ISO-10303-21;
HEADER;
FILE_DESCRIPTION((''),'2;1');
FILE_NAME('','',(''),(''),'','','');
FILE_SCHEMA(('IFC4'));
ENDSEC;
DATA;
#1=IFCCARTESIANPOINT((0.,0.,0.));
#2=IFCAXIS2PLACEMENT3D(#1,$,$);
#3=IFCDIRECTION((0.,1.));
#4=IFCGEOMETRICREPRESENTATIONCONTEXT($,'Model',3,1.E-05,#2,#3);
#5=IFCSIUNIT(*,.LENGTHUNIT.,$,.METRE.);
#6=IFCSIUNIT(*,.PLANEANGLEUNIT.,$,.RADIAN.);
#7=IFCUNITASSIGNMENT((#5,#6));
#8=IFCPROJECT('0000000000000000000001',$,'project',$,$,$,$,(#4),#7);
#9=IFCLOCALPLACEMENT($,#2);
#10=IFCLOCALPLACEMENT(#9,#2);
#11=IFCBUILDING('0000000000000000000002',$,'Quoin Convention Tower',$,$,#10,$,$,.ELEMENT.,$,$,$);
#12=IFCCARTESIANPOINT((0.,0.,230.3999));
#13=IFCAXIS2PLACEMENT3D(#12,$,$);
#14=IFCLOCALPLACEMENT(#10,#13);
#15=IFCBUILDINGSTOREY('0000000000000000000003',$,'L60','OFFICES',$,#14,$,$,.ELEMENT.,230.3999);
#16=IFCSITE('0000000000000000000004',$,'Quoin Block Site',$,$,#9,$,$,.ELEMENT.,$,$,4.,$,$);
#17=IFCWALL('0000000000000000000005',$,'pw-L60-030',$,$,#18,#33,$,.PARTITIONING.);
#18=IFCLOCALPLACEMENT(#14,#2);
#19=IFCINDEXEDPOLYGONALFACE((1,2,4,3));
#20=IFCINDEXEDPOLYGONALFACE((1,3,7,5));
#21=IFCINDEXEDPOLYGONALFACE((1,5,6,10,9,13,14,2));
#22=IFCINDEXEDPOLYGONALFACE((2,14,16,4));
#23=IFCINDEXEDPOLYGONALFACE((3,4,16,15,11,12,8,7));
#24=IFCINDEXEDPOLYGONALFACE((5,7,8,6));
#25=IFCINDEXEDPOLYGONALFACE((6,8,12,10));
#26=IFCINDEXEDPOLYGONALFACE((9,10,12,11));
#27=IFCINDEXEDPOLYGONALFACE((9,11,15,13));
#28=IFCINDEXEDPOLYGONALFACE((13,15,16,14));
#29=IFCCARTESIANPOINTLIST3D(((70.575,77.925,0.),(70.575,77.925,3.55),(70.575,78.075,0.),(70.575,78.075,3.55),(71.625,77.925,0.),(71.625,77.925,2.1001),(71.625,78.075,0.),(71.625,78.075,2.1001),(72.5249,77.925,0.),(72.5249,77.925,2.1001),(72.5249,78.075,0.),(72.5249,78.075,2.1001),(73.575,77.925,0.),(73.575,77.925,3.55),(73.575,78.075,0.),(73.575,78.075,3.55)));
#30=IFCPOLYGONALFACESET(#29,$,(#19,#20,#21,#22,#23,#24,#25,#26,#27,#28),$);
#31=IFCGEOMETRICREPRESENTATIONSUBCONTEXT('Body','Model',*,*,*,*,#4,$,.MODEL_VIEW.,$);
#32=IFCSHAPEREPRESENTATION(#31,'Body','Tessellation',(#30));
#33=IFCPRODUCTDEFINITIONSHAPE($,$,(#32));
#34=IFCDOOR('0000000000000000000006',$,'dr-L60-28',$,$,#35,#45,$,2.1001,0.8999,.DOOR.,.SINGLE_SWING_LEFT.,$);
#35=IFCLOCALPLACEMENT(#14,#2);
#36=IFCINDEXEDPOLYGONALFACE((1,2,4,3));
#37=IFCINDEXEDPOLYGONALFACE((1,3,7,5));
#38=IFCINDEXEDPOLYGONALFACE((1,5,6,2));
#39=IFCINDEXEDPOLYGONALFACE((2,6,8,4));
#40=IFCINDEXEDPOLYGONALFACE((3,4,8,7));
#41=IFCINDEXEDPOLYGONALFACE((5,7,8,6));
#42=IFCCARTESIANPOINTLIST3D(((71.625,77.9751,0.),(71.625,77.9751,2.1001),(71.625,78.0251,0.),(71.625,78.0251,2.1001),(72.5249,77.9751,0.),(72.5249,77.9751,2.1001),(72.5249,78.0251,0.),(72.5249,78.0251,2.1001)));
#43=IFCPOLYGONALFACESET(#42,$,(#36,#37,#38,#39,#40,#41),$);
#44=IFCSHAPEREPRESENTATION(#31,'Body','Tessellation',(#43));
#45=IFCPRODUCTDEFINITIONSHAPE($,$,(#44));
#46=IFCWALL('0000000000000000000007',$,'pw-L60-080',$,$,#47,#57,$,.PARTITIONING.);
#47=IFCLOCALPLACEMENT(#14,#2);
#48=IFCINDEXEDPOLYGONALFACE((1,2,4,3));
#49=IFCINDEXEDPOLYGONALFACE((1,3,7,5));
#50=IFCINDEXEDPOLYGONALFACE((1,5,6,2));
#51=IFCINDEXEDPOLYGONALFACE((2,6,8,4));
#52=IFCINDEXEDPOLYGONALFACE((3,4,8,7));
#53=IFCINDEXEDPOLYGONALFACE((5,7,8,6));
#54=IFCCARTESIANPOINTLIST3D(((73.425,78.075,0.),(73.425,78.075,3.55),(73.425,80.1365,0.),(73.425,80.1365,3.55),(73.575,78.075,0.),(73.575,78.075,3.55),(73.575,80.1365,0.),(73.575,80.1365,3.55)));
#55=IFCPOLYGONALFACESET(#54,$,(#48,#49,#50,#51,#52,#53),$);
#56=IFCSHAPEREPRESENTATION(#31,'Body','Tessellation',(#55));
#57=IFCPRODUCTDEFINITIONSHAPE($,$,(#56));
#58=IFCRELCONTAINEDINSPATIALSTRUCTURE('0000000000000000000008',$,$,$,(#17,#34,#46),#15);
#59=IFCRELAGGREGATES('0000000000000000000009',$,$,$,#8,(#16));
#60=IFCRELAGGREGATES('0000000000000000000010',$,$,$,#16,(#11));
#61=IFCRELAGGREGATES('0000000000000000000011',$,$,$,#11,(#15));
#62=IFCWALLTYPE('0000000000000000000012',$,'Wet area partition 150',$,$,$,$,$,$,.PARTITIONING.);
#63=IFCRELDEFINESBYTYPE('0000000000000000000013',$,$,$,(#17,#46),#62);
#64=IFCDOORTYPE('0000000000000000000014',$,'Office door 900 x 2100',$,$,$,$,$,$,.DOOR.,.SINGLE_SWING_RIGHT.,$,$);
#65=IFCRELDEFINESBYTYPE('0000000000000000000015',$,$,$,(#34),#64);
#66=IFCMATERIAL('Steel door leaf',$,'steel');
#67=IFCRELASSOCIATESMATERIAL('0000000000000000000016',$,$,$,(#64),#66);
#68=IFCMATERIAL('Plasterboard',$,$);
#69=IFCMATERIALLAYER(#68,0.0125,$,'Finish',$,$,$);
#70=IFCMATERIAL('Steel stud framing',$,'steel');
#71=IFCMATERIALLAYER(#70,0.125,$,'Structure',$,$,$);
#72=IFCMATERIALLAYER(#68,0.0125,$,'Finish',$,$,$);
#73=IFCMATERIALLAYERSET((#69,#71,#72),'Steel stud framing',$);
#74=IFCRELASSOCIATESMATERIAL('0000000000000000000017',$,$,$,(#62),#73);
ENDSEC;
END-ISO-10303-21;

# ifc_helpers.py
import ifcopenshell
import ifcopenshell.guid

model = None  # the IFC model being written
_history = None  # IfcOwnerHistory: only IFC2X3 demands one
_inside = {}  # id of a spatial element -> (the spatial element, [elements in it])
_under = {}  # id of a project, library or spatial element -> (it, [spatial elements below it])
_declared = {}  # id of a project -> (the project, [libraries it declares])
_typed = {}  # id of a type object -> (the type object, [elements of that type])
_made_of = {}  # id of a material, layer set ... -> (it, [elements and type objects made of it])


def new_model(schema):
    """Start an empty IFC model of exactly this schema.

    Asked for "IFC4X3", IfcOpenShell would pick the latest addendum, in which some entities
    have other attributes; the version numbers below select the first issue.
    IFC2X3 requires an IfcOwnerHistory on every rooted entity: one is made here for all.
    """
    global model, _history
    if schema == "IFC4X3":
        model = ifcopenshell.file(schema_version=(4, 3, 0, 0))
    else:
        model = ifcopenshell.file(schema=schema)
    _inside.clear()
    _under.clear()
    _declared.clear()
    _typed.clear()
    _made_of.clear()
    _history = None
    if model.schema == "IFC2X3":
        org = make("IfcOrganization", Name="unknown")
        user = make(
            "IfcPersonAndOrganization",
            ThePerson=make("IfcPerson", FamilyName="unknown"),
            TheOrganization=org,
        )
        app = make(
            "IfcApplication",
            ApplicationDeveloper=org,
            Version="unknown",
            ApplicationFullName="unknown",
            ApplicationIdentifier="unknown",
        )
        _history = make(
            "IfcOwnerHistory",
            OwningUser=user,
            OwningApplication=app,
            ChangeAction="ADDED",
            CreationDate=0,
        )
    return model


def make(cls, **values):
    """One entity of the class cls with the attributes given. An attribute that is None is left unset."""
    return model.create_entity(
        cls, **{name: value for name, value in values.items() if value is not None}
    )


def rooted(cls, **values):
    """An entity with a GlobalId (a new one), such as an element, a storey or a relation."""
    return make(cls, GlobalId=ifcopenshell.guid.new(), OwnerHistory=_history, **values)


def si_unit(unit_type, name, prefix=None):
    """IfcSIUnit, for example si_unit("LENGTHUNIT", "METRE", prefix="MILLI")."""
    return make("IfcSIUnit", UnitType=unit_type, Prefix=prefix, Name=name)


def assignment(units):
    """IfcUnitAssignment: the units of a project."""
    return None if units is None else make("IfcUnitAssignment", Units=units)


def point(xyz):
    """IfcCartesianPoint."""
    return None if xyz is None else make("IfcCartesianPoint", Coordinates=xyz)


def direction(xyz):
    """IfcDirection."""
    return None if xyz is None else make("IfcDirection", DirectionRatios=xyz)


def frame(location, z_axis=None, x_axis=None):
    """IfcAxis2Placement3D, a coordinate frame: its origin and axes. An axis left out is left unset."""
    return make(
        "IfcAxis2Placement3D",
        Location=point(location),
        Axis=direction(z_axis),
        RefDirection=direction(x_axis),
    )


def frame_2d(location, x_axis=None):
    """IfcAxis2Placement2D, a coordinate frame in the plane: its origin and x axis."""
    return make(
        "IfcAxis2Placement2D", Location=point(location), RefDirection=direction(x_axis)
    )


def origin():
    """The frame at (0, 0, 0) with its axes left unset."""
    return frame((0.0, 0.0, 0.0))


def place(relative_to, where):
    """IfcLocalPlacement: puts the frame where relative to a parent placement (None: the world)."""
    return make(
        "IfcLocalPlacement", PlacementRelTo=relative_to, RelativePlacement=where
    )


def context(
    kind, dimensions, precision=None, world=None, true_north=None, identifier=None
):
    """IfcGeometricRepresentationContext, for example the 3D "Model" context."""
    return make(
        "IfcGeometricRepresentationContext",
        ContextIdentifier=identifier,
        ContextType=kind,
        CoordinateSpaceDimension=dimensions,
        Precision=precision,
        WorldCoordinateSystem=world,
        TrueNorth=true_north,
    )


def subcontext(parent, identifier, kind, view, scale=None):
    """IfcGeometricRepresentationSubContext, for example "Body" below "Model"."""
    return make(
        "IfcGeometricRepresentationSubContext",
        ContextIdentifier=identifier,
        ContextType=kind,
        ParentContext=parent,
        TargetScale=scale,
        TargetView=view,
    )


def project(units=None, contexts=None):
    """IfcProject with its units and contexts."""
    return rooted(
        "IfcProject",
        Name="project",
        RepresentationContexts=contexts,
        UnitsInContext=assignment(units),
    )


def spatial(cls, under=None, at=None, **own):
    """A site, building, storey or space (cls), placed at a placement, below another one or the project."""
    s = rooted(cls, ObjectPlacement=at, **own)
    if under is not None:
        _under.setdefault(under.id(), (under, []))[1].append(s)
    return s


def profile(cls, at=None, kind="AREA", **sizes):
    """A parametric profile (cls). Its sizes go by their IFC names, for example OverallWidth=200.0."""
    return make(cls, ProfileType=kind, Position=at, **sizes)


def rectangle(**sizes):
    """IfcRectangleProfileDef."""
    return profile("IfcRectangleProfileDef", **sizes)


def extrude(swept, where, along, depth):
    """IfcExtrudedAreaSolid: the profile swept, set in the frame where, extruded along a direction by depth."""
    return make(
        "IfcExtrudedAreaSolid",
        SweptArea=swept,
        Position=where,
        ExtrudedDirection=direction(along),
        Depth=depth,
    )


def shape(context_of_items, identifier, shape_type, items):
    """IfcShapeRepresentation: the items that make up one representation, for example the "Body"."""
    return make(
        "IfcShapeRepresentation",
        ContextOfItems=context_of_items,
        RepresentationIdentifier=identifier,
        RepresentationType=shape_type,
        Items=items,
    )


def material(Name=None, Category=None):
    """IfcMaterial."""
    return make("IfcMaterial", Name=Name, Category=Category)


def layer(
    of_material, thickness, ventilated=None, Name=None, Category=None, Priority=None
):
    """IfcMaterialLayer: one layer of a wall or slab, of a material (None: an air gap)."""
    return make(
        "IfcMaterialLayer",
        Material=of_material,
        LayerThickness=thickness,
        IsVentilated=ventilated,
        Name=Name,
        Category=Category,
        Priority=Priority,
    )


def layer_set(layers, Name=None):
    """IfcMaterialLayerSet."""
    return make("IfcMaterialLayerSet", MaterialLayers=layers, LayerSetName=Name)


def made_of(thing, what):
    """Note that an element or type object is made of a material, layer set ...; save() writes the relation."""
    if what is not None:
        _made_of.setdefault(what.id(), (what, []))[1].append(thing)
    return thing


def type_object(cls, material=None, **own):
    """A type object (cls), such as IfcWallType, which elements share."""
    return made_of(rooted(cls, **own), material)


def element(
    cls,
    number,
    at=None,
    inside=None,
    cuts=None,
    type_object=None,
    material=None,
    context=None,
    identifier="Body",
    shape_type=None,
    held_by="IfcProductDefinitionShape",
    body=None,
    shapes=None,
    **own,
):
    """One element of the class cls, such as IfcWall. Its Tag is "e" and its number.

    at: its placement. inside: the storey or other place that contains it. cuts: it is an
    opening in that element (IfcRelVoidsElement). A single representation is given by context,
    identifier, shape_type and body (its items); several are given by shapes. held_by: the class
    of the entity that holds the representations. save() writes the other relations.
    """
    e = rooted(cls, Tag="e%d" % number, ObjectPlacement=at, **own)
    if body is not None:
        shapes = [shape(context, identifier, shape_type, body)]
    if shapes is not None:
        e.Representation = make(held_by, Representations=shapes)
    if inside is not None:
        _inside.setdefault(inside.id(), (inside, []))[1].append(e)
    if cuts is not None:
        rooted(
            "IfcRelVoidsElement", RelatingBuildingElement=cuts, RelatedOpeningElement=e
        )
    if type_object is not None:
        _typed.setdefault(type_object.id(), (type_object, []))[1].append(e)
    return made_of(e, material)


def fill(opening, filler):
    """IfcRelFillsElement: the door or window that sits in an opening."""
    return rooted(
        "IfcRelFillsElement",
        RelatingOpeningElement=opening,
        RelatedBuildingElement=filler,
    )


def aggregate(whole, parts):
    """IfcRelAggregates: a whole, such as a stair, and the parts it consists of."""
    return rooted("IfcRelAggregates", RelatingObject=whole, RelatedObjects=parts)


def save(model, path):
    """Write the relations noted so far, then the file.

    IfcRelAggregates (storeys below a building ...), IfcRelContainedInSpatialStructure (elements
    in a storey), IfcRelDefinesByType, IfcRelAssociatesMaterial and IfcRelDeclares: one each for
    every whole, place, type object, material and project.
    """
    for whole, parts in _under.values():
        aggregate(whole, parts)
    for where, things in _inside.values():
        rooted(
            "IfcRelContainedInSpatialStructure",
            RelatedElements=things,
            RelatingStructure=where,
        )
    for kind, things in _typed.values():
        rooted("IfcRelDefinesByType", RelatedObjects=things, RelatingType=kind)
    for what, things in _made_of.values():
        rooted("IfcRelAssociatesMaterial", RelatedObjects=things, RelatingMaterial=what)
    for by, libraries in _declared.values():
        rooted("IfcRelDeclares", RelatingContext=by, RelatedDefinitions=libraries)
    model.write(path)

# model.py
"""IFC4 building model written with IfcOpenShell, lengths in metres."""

from ifc_helpers import new_model, si_unit, direction, frame, frame_2d, origin, place, context, subcontext, project, spatial, rectangle, extrude, material, layer, layer_set, type_object, element, fill, save


model = new_model("IFC4")

# Units and contexts
model_context = context("Model", 3, precision=1e-05, world=origin(), true_north=direction((0.0, 1.0)))
body_context = subcontext(model_context, "Body", "Model", "MODEL_VIEW")
ifc_project = project(units=[si_unit("LENGTHUNIT", "METRE"), si_unit("PLANEANGLEUNIT", "RADIAN")], contexts=[model_context])

# Site, building, storey
site_placement = place(None, origin())
site = spatial("IfcSite", under=ifc_project, at=site_placement, Name="Quoin Block Site", CompositionType="ELEMENT", RefElevation=4.0)
building_placement = place(site_placement, origin())
building = spatial("IfcBuilding", under=site, at=building_placement, Name="Quoin Convention Tower", CompositionType="ELEMENT")
storey_placement = place(building_placement, frame((0.0, 0.0, 230.3999)))
storey = spatial("IfcBuildingStorey", under=building, at=storey_placement, Name="L60", Description="OFFICES", CompositionType="ELEMENT", Elevation=230.3999)

# Shared definitions
ifc_material_1 = material(Name="Plasterboard")
ifc_material_2 = material(Name="Steel stud framing", Category="steel")

# Shared definitions
ifc_material_3 = material(Name="Steel door leaf", Category="steel")
door_type = type_object("IfcDoorType", Name="Office door 900 x 2100", OperationType="SINGLE_SWING_RIGHT", PredefinedType="DOOR", material=ifc_material_3)

# Wall, opening, door
ifc_layer_1 = layer(ifc_material_1, 0.0125, Name="Finish")
ifc_layer_2 = layer(ifc_material_2, 0.125, Name="Structure")
ifc_layer_3 = layer(ifc_material_1, 0.0125, Name="Finish")
ifc_layer_set_1 = layer_set([ifc_layer_1, ifc_layer_2, ifc_layer_3], Name="Steel stud framing")
wall_type_1 = type_object("IfcWallType", Name="Wet area partition 150", PredefinedType="PARTITIONING", material=ifc_layer_set_1)
wall_1_placement = place(storey_placement, frame((70.575, 78.0, 0.0), z_axis=(0.0, 0.0, 1.0), x_axis=(1.0, 0.0, 0.0)))
wall_1 = element("IfcWall", 1, at=wall_1_placement, inside=storey, type_object=wall_type_1, Name="pw-L60-030", PredefinedType="PARTITIONING", context=body_context, shape_type="SweptSolid", body=[
    extrude(rectangle(XDim=3.0, YDim=0.1499, at=frame_2d((1.5, 0.0))), origin(), (0.0, 0.0, 1.0), 3.55),
])
opening_1_placement = place(wall_1_placement, frame((1.05, 0.0, 0.0)))
opening_1 = element("IfcOpeningElement", 2, at=opening_1_placement, cuts=wall_1, PredefinedType="OPENING", context=body_context, shape_type="SweptSolid", body=[
    extrude(rectangle(XDim=0.8999, YDim=2.1001, at=frame_2d((0.45, 1.05))), frame((0.0, 0.085, 0.0), z_axis=(0.0, -1.0, 0.0), x_axis=(1.0, 0.0, 0.0)), (0.0, 0.0, 1.0), 0.1699),
])
door_1_placement = place(opening_1_placement, frame((0.8999, 0.0, 0.0), z_axis=(0.0, 0.0, 1.0), x_axis=(-1.0, 0.0, 0.0)))
door_1 = element("IfcDoor", 3, at=door_1_placement, inside=storey, type_object=door_type, Name="dr-L60-28", OperationType="SINGLE_SWING_LEFT", OverallHeight=2.1001, OverallWidth=0.8999, PredefinedType="DOOR", context=body_context, shape_type="SweptSolid", body=[
    extrude(rectangle(XDim=0.8999, YDim=2.1001, at=frame_2d((0.45, 1.05))), frame((0.0, 0.0249, 0.0), z_axis=(0.0, -1.0, 0.0), x_axis=(1.0, 0.0, 0.0)), (0.0, 0.0, 1.0), 0.05),
])
fill(opening_1, door_1)

# Wall
wall_2_placement = place(storey_placement, frame((73.5, 78.075, 0.0), z_axis=(0.0, 0.0, 1.0), x_axis=(0.0, 1.0, 0.0)))
element("IfcWall", 4, at=wall_2_placement, inside=storey, type_object=wall_type_1, Name="pw-L60-080", PredefinedType="PARTITIONING", context=body_context, shape_type="SweptSolid", body=[
    extrude(rectangle(XDim=2.0615, YDim=0.1499, at=frame_2d((1.0308, 0.0))), origin(), (0.0, 0.0, 1.0), 3.55),
])

save(model, "model.ifc")
